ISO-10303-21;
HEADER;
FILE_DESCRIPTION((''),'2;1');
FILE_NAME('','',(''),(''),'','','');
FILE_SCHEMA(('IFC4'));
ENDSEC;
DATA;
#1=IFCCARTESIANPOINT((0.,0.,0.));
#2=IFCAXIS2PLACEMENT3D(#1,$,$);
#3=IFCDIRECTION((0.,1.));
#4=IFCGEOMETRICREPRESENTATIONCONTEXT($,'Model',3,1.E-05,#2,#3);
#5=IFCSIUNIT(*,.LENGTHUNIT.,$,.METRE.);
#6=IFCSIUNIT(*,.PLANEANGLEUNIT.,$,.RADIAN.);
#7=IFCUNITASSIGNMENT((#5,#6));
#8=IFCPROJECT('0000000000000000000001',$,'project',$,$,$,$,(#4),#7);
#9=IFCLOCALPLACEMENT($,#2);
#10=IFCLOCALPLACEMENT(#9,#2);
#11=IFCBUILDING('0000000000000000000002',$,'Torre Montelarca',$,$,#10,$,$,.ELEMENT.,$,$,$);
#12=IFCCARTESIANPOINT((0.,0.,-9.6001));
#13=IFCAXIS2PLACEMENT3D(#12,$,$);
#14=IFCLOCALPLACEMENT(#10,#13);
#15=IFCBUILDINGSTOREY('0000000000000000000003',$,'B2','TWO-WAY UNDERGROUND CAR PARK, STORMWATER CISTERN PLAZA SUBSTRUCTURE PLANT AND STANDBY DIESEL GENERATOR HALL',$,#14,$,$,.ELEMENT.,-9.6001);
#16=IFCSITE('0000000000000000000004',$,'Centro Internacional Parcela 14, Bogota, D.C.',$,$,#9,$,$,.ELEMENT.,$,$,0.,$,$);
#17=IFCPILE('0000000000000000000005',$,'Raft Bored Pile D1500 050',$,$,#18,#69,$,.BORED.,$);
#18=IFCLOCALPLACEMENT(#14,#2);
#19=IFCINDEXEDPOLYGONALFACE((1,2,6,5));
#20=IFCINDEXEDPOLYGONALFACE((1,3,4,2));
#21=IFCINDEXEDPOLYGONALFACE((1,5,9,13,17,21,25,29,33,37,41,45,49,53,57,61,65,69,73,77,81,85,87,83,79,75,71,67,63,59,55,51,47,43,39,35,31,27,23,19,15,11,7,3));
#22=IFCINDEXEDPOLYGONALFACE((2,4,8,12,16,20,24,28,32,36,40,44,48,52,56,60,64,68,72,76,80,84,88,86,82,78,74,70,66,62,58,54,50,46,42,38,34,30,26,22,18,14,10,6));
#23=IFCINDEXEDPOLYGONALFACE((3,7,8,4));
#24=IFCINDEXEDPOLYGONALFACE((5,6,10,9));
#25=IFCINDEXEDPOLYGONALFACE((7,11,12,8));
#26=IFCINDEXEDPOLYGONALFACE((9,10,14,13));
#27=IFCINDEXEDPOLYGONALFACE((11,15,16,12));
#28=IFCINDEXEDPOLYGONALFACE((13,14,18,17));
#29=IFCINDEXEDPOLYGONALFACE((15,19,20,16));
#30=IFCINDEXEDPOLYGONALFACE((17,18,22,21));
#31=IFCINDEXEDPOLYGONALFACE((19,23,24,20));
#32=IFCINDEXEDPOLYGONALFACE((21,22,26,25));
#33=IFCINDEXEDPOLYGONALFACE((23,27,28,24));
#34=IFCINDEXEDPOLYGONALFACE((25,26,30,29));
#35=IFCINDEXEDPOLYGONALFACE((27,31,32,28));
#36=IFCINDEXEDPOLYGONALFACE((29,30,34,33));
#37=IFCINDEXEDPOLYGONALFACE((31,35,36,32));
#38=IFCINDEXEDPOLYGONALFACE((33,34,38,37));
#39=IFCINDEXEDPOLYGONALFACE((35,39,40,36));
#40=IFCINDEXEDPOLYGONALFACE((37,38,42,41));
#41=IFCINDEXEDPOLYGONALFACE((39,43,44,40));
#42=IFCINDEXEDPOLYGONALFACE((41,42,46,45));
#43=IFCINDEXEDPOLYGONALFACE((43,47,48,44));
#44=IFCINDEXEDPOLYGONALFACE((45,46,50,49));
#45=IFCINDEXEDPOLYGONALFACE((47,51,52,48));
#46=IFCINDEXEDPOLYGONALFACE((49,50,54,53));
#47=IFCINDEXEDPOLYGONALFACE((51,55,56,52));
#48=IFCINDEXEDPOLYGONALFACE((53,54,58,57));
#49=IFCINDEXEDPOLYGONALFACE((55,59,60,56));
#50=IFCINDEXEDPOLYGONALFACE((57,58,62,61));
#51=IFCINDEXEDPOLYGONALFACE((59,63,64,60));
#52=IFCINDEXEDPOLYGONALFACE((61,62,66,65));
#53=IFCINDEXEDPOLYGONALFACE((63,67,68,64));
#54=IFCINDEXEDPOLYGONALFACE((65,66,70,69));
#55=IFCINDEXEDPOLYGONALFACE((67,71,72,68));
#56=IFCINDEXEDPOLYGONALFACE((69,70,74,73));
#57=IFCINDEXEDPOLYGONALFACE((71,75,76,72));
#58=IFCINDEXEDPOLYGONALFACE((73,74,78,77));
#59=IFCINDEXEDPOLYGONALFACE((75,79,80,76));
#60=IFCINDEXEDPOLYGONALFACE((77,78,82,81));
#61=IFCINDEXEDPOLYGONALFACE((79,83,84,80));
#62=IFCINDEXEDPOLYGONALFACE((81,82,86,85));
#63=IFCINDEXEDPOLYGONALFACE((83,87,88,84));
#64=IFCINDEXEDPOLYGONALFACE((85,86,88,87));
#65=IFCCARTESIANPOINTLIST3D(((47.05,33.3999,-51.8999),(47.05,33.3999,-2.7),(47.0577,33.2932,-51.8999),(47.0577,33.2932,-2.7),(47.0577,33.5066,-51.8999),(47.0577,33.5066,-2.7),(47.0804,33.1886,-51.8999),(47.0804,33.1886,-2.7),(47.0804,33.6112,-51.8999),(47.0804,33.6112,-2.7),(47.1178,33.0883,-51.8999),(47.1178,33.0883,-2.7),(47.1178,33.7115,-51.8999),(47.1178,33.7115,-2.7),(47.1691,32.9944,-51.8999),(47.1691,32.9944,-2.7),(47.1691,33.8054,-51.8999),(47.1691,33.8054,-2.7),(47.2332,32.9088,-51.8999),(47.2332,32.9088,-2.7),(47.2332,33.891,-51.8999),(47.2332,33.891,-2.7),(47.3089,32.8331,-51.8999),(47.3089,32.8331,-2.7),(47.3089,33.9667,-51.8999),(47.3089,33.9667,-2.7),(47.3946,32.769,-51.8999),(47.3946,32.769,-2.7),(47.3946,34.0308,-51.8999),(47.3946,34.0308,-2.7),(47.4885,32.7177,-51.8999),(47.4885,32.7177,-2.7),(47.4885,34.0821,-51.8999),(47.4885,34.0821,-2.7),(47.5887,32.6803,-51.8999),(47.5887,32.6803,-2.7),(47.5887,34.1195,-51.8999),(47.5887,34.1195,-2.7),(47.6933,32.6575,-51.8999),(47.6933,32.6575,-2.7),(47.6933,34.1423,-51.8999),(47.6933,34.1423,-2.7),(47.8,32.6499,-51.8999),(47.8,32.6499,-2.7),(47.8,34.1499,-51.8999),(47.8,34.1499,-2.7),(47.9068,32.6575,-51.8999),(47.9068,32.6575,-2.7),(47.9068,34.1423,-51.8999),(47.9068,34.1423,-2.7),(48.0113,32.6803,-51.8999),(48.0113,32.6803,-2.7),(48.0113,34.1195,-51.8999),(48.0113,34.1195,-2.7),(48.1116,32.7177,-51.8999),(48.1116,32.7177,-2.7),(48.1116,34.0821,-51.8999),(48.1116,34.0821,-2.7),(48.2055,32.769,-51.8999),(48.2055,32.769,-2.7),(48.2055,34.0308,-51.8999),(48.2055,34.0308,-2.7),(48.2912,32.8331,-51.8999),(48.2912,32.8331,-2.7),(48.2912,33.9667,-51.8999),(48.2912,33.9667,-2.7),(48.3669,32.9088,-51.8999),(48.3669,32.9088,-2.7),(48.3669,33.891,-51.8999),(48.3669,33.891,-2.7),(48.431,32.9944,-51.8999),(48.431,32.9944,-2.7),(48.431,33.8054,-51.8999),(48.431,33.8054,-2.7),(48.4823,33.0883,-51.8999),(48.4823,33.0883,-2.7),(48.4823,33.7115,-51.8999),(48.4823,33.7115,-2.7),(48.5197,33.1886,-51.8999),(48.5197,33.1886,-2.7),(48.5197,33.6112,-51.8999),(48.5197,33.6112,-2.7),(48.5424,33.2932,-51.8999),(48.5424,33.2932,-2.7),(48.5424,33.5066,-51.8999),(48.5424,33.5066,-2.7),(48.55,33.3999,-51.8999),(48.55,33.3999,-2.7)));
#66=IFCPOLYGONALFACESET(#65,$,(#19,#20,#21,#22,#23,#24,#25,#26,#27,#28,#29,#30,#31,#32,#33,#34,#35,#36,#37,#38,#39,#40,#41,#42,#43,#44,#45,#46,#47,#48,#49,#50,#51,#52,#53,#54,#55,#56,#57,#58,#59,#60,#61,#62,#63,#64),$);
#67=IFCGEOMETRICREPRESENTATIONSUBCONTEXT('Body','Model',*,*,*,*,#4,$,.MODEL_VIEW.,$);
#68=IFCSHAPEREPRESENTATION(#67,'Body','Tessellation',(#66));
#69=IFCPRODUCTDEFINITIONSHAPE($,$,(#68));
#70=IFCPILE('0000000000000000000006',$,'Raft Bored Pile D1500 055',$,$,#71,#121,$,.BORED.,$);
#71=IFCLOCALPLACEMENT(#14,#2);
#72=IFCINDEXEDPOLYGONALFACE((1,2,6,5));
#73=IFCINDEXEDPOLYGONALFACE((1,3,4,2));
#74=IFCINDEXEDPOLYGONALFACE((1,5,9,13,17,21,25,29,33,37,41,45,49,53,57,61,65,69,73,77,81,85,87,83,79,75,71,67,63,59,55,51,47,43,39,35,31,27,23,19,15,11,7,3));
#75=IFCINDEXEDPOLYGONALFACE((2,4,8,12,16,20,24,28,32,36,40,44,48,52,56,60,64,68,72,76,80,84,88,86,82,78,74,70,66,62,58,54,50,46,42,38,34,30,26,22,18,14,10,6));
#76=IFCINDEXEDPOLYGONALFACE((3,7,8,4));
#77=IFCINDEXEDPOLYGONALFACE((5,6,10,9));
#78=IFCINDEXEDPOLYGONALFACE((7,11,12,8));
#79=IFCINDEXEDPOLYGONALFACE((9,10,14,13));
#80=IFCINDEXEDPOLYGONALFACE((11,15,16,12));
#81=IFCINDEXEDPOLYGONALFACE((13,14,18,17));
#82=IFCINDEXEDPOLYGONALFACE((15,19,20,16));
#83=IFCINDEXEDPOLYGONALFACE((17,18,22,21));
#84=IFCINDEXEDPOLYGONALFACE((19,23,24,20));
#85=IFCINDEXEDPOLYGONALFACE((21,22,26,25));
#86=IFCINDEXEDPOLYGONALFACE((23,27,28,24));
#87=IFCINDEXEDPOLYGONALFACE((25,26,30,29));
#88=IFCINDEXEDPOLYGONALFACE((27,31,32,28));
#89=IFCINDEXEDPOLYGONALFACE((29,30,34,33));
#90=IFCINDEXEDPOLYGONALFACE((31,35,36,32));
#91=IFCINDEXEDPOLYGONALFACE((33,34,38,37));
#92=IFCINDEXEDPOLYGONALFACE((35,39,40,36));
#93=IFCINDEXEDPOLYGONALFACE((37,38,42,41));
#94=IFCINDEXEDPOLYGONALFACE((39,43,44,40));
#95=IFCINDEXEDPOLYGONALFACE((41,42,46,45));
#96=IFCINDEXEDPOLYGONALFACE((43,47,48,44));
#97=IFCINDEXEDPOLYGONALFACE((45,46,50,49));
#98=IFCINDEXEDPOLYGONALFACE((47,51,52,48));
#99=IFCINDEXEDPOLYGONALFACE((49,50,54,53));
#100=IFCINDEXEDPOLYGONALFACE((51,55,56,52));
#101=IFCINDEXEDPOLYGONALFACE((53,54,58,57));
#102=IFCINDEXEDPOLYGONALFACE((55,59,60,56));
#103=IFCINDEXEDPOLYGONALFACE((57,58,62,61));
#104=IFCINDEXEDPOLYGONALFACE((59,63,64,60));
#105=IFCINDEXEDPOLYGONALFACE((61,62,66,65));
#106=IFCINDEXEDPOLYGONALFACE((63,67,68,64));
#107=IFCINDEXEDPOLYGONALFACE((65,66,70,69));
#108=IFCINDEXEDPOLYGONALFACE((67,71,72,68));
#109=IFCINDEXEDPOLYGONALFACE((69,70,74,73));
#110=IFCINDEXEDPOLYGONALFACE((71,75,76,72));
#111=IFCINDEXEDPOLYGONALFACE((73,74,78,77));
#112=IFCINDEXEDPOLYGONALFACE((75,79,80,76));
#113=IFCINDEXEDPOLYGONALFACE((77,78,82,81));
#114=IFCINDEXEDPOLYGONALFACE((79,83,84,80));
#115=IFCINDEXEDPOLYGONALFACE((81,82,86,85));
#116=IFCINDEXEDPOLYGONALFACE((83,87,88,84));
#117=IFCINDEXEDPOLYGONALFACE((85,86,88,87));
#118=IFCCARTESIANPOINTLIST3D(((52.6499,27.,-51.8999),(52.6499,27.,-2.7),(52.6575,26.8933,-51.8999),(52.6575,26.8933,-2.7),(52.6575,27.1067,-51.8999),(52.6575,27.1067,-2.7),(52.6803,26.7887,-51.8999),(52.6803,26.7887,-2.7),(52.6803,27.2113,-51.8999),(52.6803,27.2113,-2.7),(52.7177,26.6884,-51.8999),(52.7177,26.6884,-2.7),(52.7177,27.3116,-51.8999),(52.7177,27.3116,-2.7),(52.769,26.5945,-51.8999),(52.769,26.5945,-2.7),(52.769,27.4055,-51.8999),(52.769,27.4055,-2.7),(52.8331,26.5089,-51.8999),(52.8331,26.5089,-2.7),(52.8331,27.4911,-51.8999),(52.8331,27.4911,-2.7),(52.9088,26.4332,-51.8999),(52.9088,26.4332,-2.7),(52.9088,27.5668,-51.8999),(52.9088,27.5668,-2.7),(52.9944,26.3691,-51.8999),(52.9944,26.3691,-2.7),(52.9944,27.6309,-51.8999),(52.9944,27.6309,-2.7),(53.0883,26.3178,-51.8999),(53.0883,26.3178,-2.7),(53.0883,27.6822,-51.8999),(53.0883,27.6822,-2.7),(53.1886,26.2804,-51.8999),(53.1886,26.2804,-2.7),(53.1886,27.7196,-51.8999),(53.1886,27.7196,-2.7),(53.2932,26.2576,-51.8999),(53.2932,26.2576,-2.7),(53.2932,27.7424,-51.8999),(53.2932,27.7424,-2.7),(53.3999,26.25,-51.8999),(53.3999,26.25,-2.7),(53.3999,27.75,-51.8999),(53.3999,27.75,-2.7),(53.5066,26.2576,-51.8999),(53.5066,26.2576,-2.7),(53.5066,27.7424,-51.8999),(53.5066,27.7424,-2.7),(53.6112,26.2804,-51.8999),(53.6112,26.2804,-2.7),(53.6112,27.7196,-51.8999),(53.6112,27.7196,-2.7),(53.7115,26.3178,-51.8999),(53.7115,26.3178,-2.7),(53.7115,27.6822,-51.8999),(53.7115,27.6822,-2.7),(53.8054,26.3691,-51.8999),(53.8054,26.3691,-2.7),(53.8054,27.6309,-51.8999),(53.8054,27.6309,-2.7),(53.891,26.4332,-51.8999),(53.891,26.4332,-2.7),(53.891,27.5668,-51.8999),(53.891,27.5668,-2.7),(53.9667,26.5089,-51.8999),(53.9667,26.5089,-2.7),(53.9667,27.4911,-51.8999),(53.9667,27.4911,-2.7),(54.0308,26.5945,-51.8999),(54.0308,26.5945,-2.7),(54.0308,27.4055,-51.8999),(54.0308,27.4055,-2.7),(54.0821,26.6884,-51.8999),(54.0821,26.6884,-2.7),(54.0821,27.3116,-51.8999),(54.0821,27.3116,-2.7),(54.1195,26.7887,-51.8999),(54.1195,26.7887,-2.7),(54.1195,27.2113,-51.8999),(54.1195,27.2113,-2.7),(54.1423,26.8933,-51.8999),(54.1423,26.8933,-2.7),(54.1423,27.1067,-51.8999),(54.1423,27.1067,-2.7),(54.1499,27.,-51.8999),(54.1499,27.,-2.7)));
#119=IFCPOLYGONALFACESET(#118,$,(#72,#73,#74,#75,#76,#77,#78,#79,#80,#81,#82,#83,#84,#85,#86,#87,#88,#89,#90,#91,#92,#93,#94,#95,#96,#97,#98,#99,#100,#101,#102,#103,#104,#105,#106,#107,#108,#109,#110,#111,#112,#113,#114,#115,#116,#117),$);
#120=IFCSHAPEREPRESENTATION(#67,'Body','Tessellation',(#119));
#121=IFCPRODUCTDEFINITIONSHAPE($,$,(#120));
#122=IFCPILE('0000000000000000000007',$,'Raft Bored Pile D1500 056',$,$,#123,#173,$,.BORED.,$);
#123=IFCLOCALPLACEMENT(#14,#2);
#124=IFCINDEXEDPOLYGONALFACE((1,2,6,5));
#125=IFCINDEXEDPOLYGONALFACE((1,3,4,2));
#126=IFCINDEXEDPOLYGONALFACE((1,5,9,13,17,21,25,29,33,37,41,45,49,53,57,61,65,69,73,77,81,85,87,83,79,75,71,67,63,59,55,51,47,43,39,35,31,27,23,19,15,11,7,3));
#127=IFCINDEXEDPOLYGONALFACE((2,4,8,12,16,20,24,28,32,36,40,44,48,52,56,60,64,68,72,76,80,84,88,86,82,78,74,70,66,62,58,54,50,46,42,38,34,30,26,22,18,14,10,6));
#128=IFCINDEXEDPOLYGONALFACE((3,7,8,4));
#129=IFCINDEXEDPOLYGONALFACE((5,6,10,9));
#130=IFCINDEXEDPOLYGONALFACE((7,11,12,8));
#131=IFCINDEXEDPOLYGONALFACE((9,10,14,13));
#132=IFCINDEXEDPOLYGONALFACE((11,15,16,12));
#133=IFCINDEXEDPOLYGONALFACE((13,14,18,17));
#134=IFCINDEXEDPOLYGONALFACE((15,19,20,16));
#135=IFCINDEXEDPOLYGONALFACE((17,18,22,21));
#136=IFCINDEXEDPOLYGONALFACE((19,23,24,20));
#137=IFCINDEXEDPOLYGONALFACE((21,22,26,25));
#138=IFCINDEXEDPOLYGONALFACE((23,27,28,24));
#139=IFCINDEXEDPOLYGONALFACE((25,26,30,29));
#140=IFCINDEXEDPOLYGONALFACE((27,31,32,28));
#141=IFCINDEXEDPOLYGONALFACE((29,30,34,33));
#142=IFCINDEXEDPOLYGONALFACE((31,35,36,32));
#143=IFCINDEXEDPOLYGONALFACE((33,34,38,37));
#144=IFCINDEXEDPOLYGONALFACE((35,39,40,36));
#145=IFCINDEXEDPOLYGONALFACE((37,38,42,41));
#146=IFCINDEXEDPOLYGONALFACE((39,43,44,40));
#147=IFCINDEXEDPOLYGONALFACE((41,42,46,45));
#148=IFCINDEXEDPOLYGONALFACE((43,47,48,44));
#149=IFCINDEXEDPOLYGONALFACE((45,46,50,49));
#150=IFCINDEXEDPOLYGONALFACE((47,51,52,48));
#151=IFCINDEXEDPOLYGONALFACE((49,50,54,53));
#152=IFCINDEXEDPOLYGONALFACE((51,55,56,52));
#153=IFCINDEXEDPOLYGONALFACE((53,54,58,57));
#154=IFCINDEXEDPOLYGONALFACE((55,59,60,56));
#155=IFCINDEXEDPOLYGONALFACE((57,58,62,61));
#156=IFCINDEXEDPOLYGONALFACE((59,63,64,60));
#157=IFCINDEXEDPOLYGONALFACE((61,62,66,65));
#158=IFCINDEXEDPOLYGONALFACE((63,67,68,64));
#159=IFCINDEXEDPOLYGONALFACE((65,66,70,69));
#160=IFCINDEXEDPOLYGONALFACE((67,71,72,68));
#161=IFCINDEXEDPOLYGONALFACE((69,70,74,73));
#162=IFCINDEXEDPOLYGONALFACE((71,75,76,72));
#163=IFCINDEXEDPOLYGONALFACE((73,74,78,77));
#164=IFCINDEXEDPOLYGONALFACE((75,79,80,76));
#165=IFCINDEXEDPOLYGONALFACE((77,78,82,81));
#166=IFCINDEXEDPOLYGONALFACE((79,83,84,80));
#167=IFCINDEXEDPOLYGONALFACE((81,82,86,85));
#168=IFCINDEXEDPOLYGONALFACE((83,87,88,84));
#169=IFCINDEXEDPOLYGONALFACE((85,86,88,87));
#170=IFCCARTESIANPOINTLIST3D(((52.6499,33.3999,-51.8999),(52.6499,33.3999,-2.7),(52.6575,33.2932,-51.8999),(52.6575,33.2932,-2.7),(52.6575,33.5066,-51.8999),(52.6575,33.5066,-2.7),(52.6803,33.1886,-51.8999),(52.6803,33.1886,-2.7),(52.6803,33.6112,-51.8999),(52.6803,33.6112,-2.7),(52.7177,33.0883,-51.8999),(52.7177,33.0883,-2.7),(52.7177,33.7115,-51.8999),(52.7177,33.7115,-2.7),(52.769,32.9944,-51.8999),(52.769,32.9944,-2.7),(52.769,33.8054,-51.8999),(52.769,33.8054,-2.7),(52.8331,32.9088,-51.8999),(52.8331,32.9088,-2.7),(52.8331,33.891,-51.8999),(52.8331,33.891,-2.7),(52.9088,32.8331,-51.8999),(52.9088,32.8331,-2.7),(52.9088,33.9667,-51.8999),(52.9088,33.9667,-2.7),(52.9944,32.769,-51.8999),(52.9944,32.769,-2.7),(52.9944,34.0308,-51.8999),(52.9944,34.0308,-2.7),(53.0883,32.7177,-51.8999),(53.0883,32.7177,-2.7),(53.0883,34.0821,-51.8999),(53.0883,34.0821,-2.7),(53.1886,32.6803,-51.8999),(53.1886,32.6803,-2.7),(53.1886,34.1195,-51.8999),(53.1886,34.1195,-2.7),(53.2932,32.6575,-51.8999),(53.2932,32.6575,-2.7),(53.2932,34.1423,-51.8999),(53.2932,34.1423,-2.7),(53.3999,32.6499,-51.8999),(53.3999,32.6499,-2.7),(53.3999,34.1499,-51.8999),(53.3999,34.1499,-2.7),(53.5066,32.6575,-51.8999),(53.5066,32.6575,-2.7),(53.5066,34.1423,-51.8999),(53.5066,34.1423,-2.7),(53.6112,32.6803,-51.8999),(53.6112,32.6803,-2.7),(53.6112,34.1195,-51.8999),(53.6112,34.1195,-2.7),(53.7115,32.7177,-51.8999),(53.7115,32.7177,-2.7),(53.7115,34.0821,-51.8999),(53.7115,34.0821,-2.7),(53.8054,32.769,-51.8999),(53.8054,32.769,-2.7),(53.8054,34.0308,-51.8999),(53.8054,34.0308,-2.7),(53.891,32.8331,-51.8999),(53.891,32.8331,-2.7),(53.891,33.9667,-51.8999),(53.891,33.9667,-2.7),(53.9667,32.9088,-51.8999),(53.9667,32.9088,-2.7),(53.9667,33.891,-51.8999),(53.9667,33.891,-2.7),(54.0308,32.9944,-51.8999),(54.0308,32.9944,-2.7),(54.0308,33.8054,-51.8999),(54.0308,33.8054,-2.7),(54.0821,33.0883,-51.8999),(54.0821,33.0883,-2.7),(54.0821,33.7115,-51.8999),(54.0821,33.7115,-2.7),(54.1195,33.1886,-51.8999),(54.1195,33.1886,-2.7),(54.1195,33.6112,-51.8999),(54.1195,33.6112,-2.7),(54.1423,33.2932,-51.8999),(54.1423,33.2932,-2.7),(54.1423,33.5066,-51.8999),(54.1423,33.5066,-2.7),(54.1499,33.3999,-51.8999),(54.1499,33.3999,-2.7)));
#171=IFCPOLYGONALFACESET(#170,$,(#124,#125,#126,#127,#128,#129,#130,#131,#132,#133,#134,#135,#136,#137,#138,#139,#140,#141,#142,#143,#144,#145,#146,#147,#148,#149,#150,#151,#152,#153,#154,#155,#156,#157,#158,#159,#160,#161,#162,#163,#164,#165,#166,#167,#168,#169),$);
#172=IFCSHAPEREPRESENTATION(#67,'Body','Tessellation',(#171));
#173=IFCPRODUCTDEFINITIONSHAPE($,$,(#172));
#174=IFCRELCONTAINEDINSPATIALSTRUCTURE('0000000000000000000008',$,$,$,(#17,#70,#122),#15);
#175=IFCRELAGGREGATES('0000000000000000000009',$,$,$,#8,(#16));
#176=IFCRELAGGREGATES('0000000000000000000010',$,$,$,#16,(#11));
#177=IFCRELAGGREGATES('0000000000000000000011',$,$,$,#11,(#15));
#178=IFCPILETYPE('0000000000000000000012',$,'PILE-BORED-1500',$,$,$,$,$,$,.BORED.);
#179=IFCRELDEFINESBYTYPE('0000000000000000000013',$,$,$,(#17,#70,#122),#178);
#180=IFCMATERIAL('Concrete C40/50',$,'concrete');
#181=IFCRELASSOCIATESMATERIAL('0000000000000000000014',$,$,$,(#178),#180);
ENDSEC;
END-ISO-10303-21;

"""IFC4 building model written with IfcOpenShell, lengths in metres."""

from ifc_helpers import new_model, si_unit, direction, frame, origin, origin_2d, place, context, subcontext, project, spatial, circle, extrude, source, transform, mapped, material, material_profile, profile_set, type_object, element, save


model = new_model("IFC4")

# Units and contexts
model_context = context("Model", 3, precision=1e-05, world=origin(), true_north=direction((0.0, 1.0)))
body_context = subcontext(model_context, "Body", "Model", "MODEL_VIEW")
ifc_project = project(units=[si_unit("LENGTHUNIT", "METRE"), si_unit("PLANEANGLEUNIT", "RADIAN")], contexts=[model_context])

# Site, building, storey
site_placement = place(None, origin())
site = spatial("IfcSite", under=ifc_project, at=site_placement, Name="Centro Internacional Parcela 14, Bogota, D.C.", CompositionType="ELEMENT", RefElevation=0.0)
building_placement = place(site_placement, origin())
building = spatial("IfcBuilding", under=site, at=building_placement, Name="Torre Montelarca", CompositionType="ELEMENT")
storey_placement = place(building_placement, frame((0.0, 0.0, -9.6001)))
storey = spatial("IfcBuildingStorey", under=building, at=storey_placement, Name="B2", Description="TWO-WAY UNDERGROUND CAR PARK, STORMWATER CISTERN PLAZA SUBSTRUCTURE PLANT AND STANDBY DIESEL GENERATOR HALL", CompositionType="ELEMENT", Elevation=-9.6001)

# Piles
ifc_material_1 = material(Name="Concrete C40/50", Category="concrete")
ifc_material_profile_1 = material_profile(ifc_material_1, circle(Radius=0.75, at=origin_2d()), Name="PILE-D1500", Category="concrete")
ifc_profile_set_1 = profile_set([ifc_material_profile_1], Name="Concrete C40/50")
pile_type_1 = type_object("IfcPileType", Name="PILE-BORED-1500", PredefinedType="BORED", material=ifc_profile_set_1)
shared_shape_1 = source(origin(), body_context, "Body", "SweptSolid", [
    extrude(circle(Radius=0.75, at=origin_2d()), origin(), (0.0, 0.0, 1.0), 49.2),
])
for number, where, z_axis, x_axis, name in (
    (1, (47.8, 33.3999, -2.7), (0.0, 0.0, -1.0), (1.0, 0.0, 0.0), "Raft Bored Pile D1500 050"),
    (2, (53.3999, 27.0, -2.7), (0.0, 0.0, -1.0), (1.0, 0.0, 0.0), "Raft Bored Pile D1500 055"),
    (3, (53.3999, 33.3999, -2.7), (0.0, 0.0, -1.0), (1.0, 0.0, 0.0), "Raft Bored Pile D1500 056"),
):
    element("IfcPile", number, at=place(storey_placement, frame(where, z_axis=z_axis, x_axis=x_axis)), inside=storey, type_object=pile_type_1, Name=name, PredefinedType="BORED", context=body_context, shape_type="MappedRepresentation", body=[
        mapped(shared_shape_1, transform((0.0, 0.0, 0.0), scale=1.0)),
    ])

save(model, "model.ifc")
